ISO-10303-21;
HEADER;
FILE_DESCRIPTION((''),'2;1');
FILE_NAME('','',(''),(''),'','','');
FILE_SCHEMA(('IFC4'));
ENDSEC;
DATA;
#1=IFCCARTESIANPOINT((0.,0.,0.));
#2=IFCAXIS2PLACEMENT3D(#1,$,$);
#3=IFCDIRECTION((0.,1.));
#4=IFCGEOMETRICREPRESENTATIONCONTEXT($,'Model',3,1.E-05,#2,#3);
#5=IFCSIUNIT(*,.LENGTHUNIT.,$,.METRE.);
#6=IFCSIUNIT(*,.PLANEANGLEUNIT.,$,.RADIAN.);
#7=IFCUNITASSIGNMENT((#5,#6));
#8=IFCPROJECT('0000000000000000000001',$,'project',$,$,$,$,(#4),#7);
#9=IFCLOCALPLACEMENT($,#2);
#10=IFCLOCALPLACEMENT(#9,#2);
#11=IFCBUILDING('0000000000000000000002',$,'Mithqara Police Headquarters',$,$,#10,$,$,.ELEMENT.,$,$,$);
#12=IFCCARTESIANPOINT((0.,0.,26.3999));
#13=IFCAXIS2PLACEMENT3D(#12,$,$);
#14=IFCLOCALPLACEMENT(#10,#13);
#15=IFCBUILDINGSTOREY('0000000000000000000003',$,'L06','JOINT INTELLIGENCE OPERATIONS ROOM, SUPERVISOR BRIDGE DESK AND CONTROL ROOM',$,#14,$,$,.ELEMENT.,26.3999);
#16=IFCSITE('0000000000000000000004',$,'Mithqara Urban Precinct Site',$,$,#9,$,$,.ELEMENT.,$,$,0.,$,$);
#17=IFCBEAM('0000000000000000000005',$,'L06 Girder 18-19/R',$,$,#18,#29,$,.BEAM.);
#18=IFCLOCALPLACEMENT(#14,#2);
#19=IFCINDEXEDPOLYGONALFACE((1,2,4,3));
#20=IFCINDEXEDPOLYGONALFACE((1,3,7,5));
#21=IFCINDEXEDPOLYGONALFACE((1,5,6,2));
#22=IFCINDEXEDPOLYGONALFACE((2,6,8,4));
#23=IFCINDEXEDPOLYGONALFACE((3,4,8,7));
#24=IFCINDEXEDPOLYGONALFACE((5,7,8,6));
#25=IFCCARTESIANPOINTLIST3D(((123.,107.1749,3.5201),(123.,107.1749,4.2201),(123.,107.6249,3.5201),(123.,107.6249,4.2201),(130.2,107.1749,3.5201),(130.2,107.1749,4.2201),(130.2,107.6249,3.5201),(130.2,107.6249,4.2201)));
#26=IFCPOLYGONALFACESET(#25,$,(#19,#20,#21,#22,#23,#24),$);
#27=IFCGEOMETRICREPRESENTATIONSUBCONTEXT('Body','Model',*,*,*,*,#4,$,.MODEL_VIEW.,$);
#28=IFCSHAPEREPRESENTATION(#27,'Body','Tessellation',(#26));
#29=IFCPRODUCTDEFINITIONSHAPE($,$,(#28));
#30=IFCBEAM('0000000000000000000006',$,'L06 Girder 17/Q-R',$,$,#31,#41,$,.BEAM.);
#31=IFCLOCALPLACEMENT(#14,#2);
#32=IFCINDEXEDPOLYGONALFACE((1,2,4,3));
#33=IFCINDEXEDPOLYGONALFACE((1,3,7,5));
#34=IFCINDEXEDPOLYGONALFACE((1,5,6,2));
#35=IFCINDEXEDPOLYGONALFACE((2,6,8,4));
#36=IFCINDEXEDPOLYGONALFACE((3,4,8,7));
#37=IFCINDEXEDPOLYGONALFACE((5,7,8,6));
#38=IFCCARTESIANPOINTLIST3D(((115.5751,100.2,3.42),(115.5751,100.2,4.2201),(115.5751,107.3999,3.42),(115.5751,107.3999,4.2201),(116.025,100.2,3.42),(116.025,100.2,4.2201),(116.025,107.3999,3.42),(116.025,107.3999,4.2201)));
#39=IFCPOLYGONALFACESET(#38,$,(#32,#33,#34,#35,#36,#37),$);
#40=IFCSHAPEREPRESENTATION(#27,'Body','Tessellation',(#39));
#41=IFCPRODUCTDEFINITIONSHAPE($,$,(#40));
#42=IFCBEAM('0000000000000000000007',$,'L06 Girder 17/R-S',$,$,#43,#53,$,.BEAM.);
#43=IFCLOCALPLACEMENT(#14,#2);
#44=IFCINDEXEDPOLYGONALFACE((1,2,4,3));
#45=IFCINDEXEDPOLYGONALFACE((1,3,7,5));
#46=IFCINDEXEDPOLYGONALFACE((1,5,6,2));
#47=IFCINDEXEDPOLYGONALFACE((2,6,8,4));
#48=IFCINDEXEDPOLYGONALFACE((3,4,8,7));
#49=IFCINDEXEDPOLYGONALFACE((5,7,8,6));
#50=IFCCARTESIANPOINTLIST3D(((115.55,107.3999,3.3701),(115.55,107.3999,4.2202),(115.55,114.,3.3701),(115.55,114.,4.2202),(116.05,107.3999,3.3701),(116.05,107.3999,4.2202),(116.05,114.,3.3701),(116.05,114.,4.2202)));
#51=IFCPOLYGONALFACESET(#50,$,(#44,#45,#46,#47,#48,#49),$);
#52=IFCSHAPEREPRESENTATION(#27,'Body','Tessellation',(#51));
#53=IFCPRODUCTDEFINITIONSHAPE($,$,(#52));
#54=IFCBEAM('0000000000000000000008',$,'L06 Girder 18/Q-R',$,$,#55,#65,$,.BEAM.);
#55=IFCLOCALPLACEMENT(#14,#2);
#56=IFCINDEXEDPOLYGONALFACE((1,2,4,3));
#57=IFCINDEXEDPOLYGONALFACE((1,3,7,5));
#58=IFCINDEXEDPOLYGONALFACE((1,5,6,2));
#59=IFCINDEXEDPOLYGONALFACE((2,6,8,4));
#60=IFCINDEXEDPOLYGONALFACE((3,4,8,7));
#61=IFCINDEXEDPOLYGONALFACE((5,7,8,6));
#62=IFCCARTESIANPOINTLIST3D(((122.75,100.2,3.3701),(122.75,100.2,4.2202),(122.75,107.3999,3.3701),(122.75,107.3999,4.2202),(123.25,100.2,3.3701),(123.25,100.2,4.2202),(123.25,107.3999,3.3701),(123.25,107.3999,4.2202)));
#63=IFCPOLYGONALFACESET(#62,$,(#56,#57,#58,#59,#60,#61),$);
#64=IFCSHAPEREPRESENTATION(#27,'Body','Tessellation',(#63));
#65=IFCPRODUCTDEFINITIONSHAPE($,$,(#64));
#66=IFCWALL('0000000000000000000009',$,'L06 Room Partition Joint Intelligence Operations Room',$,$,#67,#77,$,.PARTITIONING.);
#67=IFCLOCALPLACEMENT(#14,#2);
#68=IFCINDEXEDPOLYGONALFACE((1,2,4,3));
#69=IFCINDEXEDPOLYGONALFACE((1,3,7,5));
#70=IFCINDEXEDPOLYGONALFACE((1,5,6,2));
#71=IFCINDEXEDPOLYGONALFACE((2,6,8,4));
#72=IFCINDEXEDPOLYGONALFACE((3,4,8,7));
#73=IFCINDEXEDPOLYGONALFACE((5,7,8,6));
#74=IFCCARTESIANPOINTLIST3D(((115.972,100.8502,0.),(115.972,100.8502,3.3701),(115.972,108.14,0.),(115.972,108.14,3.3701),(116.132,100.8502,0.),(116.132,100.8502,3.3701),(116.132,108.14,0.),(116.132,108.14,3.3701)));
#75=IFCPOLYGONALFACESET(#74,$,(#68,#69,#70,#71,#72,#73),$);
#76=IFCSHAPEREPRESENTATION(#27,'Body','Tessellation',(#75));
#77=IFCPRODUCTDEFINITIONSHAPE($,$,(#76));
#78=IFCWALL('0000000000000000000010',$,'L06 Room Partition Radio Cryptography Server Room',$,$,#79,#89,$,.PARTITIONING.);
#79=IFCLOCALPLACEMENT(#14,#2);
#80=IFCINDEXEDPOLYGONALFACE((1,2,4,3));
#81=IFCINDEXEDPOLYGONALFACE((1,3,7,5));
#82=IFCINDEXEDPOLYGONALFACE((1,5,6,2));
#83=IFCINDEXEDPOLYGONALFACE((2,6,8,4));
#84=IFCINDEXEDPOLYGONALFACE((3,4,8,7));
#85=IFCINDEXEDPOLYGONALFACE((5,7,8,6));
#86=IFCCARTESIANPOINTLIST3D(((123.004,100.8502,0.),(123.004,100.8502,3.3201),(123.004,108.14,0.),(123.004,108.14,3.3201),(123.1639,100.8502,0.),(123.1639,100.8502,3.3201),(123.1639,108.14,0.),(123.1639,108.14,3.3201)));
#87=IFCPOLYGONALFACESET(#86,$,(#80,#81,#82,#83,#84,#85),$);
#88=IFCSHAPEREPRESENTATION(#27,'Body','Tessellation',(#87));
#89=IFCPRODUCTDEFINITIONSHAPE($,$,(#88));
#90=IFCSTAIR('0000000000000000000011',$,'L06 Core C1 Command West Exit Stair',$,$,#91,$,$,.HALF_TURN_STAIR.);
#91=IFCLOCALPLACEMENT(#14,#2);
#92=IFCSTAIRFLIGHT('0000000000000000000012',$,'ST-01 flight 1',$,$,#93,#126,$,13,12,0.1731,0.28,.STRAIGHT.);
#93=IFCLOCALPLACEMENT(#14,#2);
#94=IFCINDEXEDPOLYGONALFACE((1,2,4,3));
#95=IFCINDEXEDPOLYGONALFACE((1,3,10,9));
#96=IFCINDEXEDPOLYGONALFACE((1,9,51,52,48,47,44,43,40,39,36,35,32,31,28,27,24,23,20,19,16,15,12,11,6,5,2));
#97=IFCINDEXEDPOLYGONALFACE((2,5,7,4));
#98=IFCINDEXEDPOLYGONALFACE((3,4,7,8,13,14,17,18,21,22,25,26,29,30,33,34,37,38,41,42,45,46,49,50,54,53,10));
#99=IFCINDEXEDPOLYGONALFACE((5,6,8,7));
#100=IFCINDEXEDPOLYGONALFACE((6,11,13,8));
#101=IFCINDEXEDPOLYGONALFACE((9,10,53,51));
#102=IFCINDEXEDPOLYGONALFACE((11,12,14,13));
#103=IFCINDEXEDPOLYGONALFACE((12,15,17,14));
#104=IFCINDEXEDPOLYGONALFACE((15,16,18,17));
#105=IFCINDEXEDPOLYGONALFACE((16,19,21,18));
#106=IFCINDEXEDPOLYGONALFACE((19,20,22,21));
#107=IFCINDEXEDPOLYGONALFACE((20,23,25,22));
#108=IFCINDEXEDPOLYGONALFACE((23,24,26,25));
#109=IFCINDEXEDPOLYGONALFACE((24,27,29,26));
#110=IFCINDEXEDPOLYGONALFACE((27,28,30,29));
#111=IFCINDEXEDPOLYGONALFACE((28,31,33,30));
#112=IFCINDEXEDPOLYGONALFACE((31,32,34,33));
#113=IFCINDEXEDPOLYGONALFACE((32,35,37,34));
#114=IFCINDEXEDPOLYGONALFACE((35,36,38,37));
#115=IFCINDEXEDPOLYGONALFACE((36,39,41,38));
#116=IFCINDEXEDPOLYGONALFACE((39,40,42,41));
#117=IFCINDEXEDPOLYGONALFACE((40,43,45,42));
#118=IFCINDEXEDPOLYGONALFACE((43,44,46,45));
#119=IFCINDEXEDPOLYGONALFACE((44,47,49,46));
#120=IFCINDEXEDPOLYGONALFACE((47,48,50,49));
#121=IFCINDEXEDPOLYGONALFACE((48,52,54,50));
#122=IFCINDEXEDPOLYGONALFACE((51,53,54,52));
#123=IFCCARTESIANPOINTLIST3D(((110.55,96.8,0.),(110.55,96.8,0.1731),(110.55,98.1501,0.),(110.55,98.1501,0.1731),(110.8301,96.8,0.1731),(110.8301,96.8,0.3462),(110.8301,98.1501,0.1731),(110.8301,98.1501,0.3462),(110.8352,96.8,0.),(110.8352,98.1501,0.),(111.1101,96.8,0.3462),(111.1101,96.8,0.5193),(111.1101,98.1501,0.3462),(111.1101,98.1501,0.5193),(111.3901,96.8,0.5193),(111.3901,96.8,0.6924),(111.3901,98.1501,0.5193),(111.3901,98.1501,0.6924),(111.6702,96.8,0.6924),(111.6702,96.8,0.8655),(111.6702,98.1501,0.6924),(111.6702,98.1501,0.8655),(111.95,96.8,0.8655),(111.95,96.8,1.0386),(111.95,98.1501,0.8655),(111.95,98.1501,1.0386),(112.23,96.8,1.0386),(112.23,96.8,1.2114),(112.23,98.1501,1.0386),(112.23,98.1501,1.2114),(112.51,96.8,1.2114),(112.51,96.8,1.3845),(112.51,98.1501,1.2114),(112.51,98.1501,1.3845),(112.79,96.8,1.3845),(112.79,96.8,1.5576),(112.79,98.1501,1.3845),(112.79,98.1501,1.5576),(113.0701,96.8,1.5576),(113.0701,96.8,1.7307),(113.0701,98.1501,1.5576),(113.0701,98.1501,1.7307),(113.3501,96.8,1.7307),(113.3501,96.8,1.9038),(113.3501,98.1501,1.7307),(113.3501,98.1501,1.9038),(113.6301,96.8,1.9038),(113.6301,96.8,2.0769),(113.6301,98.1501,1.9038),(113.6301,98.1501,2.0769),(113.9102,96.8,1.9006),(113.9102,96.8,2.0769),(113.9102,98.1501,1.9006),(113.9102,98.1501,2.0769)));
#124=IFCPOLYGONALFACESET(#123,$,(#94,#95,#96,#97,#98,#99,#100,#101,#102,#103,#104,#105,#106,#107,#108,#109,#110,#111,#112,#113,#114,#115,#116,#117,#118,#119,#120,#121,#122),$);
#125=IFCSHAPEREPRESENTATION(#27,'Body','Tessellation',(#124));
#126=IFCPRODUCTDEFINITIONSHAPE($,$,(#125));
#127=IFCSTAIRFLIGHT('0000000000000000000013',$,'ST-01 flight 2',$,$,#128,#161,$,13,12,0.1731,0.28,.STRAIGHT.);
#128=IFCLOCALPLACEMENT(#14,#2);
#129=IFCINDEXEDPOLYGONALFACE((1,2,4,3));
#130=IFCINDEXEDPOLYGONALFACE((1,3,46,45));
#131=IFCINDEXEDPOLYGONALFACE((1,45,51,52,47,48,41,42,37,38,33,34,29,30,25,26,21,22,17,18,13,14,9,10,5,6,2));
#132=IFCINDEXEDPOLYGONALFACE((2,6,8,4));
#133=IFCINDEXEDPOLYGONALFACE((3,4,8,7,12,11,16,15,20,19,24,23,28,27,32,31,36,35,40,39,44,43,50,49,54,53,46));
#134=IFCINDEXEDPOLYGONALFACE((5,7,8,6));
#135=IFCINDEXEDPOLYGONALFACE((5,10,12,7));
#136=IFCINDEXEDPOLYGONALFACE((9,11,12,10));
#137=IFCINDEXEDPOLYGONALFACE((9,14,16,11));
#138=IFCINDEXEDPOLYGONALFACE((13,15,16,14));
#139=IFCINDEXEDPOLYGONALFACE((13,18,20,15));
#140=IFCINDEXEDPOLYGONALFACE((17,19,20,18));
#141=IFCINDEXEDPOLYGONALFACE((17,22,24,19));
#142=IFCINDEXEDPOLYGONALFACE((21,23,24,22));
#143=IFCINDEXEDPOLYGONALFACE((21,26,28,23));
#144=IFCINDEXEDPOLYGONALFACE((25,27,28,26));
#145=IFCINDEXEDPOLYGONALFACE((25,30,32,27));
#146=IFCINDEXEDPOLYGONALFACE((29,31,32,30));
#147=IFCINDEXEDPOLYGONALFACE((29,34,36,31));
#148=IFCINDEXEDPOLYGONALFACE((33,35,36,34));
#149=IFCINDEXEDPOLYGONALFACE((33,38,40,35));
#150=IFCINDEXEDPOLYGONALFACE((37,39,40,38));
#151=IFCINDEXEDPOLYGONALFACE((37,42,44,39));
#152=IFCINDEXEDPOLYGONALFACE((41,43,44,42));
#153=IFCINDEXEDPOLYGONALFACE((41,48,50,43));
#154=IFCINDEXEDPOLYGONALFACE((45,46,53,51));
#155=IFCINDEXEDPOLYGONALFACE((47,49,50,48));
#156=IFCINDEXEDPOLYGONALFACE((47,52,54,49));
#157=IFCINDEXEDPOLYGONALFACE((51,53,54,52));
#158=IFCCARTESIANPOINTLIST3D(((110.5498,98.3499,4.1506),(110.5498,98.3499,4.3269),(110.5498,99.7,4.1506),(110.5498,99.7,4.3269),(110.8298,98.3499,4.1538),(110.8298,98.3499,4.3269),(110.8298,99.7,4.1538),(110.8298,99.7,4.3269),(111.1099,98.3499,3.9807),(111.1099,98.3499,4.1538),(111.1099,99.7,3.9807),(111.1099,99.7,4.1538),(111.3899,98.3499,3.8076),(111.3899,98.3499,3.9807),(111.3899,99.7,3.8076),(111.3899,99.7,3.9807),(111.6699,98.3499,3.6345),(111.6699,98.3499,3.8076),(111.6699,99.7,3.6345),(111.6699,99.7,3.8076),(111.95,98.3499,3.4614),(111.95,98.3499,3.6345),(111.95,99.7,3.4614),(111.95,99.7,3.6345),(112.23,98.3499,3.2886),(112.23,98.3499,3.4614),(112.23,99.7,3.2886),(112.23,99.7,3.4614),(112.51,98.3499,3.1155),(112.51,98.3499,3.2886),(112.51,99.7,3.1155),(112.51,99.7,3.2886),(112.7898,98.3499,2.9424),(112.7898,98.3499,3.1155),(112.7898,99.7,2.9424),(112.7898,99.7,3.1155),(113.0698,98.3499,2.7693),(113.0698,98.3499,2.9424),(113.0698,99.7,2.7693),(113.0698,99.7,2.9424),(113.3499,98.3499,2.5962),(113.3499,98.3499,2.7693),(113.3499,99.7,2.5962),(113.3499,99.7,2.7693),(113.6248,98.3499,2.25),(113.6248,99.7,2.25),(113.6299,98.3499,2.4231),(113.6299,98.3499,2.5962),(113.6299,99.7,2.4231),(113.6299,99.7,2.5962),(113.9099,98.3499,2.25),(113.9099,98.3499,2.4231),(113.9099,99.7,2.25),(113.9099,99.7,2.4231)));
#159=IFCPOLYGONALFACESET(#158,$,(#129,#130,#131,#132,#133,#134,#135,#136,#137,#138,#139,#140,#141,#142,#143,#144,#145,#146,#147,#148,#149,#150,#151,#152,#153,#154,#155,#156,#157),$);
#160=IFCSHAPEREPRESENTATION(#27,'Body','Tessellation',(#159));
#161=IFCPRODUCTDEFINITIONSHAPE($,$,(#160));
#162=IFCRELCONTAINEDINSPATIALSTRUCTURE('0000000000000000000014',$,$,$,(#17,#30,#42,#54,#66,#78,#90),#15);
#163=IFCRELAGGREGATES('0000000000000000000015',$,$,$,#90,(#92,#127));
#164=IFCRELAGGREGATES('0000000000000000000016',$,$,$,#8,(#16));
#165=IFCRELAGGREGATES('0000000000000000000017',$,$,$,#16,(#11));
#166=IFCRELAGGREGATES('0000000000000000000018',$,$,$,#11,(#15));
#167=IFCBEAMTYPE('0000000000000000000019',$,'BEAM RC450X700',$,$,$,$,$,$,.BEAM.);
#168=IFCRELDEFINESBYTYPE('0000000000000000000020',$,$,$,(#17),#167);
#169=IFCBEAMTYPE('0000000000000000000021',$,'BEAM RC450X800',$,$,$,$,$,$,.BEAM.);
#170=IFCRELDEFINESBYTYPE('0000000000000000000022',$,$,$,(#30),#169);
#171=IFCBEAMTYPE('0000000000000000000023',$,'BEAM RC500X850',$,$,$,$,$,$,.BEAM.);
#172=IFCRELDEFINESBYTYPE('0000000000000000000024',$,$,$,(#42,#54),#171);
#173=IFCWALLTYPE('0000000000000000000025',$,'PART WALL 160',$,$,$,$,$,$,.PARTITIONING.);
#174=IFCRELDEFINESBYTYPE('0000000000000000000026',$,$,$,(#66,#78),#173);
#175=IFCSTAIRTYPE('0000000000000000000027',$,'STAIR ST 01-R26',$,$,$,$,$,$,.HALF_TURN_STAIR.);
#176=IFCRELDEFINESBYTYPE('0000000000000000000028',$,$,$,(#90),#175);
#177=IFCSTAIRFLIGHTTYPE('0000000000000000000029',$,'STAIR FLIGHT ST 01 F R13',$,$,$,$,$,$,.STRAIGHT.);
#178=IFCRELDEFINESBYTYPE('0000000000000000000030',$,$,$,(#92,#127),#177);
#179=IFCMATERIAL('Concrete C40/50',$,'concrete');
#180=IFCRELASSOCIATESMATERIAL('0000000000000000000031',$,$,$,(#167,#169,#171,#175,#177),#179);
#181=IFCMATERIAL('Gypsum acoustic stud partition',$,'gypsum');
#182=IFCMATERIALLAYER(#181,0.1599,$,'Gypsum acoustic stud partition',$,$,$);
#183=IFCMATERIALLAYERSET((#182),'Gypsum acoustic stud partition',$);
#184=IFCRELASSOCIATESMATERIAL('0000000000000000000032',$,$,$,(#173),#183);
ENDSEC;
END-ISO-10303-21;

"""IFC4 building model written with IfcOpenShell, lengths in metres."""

from ifc_helpers import new_model, si_unit, direction, frame, frame_2d, origin, origin_2d, place, context, subcontext, project, spatial, polyline, rectangle, outline, extrude, material, layer, layer_set, material_profile, profile_set, type_object, element, aggregate, save


model = new_model("IFC4")

# Units and contexts
model_context = context("Model", 3, precision=1e-05, world=origin(), true_north=direction((0.0, 1.0)))
body_context = subcontext(model_context, "Body", "Model", "MODEL_VIEW")
ifc_project = project(units=[si_unit("LENGTHUNIT", "METRE"), si_unit("PLANEANGLEUNIT", "RADIAN")], contexts=[model_context])

# Site, building, storey
site_placement = place(None, origin())
site = spatial("IfcSite", under=ifc_project, at=site_placement, Name="Mithqara Urban Precinct Site", CompositionType="ELEMENT", RefElevation=0.0)
building_placement = place(site_placement, origin())
building = spatial("IfcBuilding", under=site, at=building_placement, Name="Mithqara Police Headquarters", CompositionType="ELEMENT")
storey_placement = place(building_placement, frame((0.0, 0.0, 26.3999)))
storey = spatial("IfcBuildingStorey", under=building, at=storey_placement, Name="L06", Description="JOINT INTELLIGENCE OPERATIONS ROOM, SUPERVISOR BRIDGE DESK AND CONTROL ROOM", CompositionType="ELEMENT", Elevation=26.3999)

# Beams
ifc_material_1 = material(Name="Concrete C40/50", Category="concrete")
ifc_material_profile_1 = material_profile(ifc_material_1, rectangle(XDim=0.45, YDim=0.7, at=origin_2d()), Name="RC 450x700")
ifc_profile_set_1 = profile_set([ifc_material_profile_1], Name="Concrete C40/50")
beam_type_1 = type_object("IfcBeamType", Name="BEAM RC450X700", PredefinedType="BEAM", material=ifc_profile_set_1)
beam_1_placement = place(storey_placement, frame((123.0, 107.3999, 3.8701), z_axis=(1.0, 0.0, 0.0), x_axis=(0.0, 1.0, 0.0)))
element("IfcBeam", 1, at=beam_1_placement, inside=storey, type_object=beam_type_1, Name="L06 Girder 18-19/R", PredefinedType="BEAM", context=body_context, shape_type="SweptSolid", body=[
    extrude(rectangle(XDim=0.45, YDim=0.7, at=origin_2d()), origin(), (0.0, 0.0, 1.0), 7.2),
])
ifc_material_profile_2 = material_profile(ifc_material_1, rectangle(XDim=0.45, YDim=0.8, at=origin_2d()), Name="RC 450x800")
ifc_profile_set_2 = profile_set([ifc_material_profile_2], Name="Concrete C40/50")
beam_type_2 = type_object("IfcBeamType", Name="BEAM RC450X800", PredefinedType="BEAM", material=ifc_profile_set_2)
beam_2_placement = place(storey_placement, frame((115.8, 100.2, 3.8201), z_axis=(0.0, 1.0, 0.0), x_axis=(-1.0, 0.0, 0.0)))
element("IfcBeam", 2, at=beam_2_placement, inside=storey, type_object=beam_type_2, Name="L06 Girder 17/Q-R", PredefinedType="BEAM", context=body_context, shape_type="SweptSolid", body=[
    extrude(rectangle(XDim=0.45, YDim=0.8, at=origin_2d()), origin(), (0.0, 0.0, 1.0), 7.2),
])
ifc_material_profile_3 = material_profile(ifc_material_1, rectangle(XDim=0.5, YDim=0.8501, at=origin_2d()), Name="RC 500x850")
ifc_profile_set_3 = profile_set([ifc_material_profile_3], Name="Concrete C40/50")
beam_type_3 = type_object("IfcBeamType", Name="BEAM RC500X850", PredefinedType="BEAM", material=ifc_profile_set_3)
beam_3_placement = place(storey_placement, frame((115.8, 107.3999, 3.7952), z_axis=(0.0, 1.0, 0.0), x_axis=(-1.0, 0.0, 0.0)))
element("IfcBeam", 3, at=beam_3_placement, inside=storey, type_object=beam_type_3, Name="L06 Girder 17/R-S", PredefinedType="BEAM", context=body_context, shape_type="SweptSolid", body=[
    extrude(rectangle(XDim=0.5, YDim=0.8501, at=origin_2d()), origin(), (0.0, 0.0, 1.0), 6.6001),
])
beam_4_placement = place(storey_placement, frame((123.0, 100.2, 3.7952), z_axis=(0.0, 1.0, 0.0), x_axis=(-1.0, 0.0, 0.0)))
element("IfcBeam", 4, at=beam_4_placement, inside=storey, type_object=beam_type_3, Name="L06 Girder 18/Q-R", PredefinedType="BEAM", context=body_context, shape_type="SweptSolid", body=[
    extrude(rectangle(XDim=0.5, YDim=0.8501, at=origin_2d()), origin(), (0.0, 0.0, 1.0), 7.2),
])

# Walls
ifc_material_2 = material(Name="Gypsum acoustic stud partition", Category="gypsum")
ifc_layer = layer(ifc_material_2, 0.1599, Name="Gypsum acoustic stud partition")
ifc_layer_set = layer_set([ifc_layer], Name="Gypsum acoustic stud partition")
wall_type = type_object("IfcWallType", Name="PART WALL 160", PredefinedType="PARTITIONING", material=ifc_layer_set)
wall_1_placement = place(storey_placement, frame((116.052, 100.8501, 0.0), z_axis=(0.0, 0.0, 1.0), x_axis=(0.0, 1.0, 0.0)))
element("IfcWall", 5, at=wall_1_placement, inside=storey, type_object=wall_type, Name="L06 Room Partition Joint Intelligence Operations Room", PredefinedType="PARTITIONING", context=body_context, shape_type="SweptSolid", body=[
    extrude(rectangle(XDim=7.2898, YDim=0.1599, at=frame_2d((3.645, 0.0))), origin(), (0.0, 0.0, 1.0), 3.3701),
])
wall_2_placement = place(storey_placement, frame((123.084, 100.8501, 0.0), z_axis=(0.0, 0.0, 1.0), x_axis=(0.0, 1.0, 0.0)))
element("IfcWall", 6, at=wall_2_placement, inside=storey, type_object=wall_type, Name="L06 Room Partition Radio Cryptography Server Room", PredefinedType="PARTITIONING", context=body_context, shape_type="SweptSolid", body=[
    extrude(rectangle(XDim=7.2898, YDim=0.1599, at=frame_2d((3.645, 0.0))), origin(), (0.0, 0.0, 1.0), 3.3201),
])

# Stair, stair flights
stair_type = type_object("IfcStairType", Name="STAIR ST 01-R26", PredefinedType="HALF_TURN_STAIR", material=ifc_material_1)
stair_placement = place(storey_placement, origin())
stair = element("IfcStair", 7, at=stair_placement, inside=storey, type_object=stair_type, Name="L06 Core C1 Command West Exit Stair", PredefinedType="HALF_TURN_STAIR")
stair_flight_type = type_object("IfcStairFlightType", Name="STAIR FLIGHT ST 01 F R13", PredefinedType="STRAIGHT", material=ifc_material_1)
stair_flight_1_placement = place(storey_placement, frame((110.55, 97.4751, 0.0), z_axis=(0.0, 0.0, 1.0), x_axis=(1.0, 0.0, 0.0)))
stair_flight_1 = element("IfcStairFlight", 8, at=stair_flight_1_placement, type_object=stair_flight_type, Name="ST-01 flight 1", NumberOfRisers=13, NumberOfTreads=12, PredefinedType="STRAIGHT", RiserHeight=0.1731, TreadLength=0.28, context=body_context, shape_type="SweptSolid", body=[
    extrude(outline(polyline([(0.0, 0.0), (0.0, 0.1731), (0.28, 0.1731), (0.28, 0.3462), (0.5601, 0.3462), (0.5601, 0.5193), (0.8401, 0.5193), (0.8401, 0.6924), (1.1201, 0.6924), (1.1201, 0.8655), (1.3999, 0.8655), (1.3999, 1.0386), (1.6799, 1.0386), (1.6799, 1.2114), (1.96, 1.2114), (1.96, 1.3845), (2.24, 1.3845), (2.24, 1.5576), (2.52, 1.5576), (2.52, 1.7307), (2.8, 1.7307), (2.8, 1.9038), (3.0801, 1.9038), (3.0801, 2.0769), (3.3601, 2.0769), (3.3601, 2.25), (3.3601, 1.9006), (0.2852, 0.0), (0.0, 0.0)])), frame((0.0, 0.675, 0.0), z_axis=(0.0, -1.0, 0.0), x_axis=(1.0, 0.0, 0.0)), (0.0, 0.0, 1.0), 1.3501),
])
stair_flight_2_placement = place(storey_placement, frame((113.9099, 99.0249, 2.25), z_axis=(0.0, 0.0, 1.0), x_axis=(-1.0, 0.0, 0.0)))
stair_flight_2 = element("IfcStairFlight", 9, at=stair_flight_2_placement, type_object=stair_flight_type, Name="ST-01 flight 2", NumberOfRisers=13, NumberOfTreads=12, PredefinedType="STRAIGHT", RiserHeight=0.1731, TreadLength=0.28, context=body_context, shape_type="SweptSolid", body=[
    extrude(outline(polyline([(0.0, 0.0), (0.0, 0.1731), (0.28, 0.1731), (0.28, 0.3462), (0.5601, 0.3462), (0.5601, 0.5193), (0.8401, 0.5193), (0.8401, 0.6924), (1.1201, 0.6924), (1.1201, 0.8655), (1.3999, 0.8655), (1.3999, 1.0386), (1.6799, 1.0386), (1.6799, 1.2114), (1.96, 1.2114), (1.96, 1.3845), (2.24, 1.3845), (2.24, 1.5576), (2.52, 1.5576), (2.52, 1.7307), (2.8, 1.7307), (2.8, 1.9038), (3.0801, 1.9038), (3.0801, 2.0769), (3.3601, 2.0769), (3.3601, 2.25), (3.3601, 1.9006), (0.2852, 0.0), (0.0, 0.0)])), frame((0.0, 0.675, 0.0), z_axis=(0.0, -1.0, 0.0), x_axis=(1.0, 0.0, 0.0)), (0.0, 0.0, 1.0), 1.3501),
])
aggregate(stair, [stair_flight_1, stair_flight_2])

save(model, "model.ifc")
